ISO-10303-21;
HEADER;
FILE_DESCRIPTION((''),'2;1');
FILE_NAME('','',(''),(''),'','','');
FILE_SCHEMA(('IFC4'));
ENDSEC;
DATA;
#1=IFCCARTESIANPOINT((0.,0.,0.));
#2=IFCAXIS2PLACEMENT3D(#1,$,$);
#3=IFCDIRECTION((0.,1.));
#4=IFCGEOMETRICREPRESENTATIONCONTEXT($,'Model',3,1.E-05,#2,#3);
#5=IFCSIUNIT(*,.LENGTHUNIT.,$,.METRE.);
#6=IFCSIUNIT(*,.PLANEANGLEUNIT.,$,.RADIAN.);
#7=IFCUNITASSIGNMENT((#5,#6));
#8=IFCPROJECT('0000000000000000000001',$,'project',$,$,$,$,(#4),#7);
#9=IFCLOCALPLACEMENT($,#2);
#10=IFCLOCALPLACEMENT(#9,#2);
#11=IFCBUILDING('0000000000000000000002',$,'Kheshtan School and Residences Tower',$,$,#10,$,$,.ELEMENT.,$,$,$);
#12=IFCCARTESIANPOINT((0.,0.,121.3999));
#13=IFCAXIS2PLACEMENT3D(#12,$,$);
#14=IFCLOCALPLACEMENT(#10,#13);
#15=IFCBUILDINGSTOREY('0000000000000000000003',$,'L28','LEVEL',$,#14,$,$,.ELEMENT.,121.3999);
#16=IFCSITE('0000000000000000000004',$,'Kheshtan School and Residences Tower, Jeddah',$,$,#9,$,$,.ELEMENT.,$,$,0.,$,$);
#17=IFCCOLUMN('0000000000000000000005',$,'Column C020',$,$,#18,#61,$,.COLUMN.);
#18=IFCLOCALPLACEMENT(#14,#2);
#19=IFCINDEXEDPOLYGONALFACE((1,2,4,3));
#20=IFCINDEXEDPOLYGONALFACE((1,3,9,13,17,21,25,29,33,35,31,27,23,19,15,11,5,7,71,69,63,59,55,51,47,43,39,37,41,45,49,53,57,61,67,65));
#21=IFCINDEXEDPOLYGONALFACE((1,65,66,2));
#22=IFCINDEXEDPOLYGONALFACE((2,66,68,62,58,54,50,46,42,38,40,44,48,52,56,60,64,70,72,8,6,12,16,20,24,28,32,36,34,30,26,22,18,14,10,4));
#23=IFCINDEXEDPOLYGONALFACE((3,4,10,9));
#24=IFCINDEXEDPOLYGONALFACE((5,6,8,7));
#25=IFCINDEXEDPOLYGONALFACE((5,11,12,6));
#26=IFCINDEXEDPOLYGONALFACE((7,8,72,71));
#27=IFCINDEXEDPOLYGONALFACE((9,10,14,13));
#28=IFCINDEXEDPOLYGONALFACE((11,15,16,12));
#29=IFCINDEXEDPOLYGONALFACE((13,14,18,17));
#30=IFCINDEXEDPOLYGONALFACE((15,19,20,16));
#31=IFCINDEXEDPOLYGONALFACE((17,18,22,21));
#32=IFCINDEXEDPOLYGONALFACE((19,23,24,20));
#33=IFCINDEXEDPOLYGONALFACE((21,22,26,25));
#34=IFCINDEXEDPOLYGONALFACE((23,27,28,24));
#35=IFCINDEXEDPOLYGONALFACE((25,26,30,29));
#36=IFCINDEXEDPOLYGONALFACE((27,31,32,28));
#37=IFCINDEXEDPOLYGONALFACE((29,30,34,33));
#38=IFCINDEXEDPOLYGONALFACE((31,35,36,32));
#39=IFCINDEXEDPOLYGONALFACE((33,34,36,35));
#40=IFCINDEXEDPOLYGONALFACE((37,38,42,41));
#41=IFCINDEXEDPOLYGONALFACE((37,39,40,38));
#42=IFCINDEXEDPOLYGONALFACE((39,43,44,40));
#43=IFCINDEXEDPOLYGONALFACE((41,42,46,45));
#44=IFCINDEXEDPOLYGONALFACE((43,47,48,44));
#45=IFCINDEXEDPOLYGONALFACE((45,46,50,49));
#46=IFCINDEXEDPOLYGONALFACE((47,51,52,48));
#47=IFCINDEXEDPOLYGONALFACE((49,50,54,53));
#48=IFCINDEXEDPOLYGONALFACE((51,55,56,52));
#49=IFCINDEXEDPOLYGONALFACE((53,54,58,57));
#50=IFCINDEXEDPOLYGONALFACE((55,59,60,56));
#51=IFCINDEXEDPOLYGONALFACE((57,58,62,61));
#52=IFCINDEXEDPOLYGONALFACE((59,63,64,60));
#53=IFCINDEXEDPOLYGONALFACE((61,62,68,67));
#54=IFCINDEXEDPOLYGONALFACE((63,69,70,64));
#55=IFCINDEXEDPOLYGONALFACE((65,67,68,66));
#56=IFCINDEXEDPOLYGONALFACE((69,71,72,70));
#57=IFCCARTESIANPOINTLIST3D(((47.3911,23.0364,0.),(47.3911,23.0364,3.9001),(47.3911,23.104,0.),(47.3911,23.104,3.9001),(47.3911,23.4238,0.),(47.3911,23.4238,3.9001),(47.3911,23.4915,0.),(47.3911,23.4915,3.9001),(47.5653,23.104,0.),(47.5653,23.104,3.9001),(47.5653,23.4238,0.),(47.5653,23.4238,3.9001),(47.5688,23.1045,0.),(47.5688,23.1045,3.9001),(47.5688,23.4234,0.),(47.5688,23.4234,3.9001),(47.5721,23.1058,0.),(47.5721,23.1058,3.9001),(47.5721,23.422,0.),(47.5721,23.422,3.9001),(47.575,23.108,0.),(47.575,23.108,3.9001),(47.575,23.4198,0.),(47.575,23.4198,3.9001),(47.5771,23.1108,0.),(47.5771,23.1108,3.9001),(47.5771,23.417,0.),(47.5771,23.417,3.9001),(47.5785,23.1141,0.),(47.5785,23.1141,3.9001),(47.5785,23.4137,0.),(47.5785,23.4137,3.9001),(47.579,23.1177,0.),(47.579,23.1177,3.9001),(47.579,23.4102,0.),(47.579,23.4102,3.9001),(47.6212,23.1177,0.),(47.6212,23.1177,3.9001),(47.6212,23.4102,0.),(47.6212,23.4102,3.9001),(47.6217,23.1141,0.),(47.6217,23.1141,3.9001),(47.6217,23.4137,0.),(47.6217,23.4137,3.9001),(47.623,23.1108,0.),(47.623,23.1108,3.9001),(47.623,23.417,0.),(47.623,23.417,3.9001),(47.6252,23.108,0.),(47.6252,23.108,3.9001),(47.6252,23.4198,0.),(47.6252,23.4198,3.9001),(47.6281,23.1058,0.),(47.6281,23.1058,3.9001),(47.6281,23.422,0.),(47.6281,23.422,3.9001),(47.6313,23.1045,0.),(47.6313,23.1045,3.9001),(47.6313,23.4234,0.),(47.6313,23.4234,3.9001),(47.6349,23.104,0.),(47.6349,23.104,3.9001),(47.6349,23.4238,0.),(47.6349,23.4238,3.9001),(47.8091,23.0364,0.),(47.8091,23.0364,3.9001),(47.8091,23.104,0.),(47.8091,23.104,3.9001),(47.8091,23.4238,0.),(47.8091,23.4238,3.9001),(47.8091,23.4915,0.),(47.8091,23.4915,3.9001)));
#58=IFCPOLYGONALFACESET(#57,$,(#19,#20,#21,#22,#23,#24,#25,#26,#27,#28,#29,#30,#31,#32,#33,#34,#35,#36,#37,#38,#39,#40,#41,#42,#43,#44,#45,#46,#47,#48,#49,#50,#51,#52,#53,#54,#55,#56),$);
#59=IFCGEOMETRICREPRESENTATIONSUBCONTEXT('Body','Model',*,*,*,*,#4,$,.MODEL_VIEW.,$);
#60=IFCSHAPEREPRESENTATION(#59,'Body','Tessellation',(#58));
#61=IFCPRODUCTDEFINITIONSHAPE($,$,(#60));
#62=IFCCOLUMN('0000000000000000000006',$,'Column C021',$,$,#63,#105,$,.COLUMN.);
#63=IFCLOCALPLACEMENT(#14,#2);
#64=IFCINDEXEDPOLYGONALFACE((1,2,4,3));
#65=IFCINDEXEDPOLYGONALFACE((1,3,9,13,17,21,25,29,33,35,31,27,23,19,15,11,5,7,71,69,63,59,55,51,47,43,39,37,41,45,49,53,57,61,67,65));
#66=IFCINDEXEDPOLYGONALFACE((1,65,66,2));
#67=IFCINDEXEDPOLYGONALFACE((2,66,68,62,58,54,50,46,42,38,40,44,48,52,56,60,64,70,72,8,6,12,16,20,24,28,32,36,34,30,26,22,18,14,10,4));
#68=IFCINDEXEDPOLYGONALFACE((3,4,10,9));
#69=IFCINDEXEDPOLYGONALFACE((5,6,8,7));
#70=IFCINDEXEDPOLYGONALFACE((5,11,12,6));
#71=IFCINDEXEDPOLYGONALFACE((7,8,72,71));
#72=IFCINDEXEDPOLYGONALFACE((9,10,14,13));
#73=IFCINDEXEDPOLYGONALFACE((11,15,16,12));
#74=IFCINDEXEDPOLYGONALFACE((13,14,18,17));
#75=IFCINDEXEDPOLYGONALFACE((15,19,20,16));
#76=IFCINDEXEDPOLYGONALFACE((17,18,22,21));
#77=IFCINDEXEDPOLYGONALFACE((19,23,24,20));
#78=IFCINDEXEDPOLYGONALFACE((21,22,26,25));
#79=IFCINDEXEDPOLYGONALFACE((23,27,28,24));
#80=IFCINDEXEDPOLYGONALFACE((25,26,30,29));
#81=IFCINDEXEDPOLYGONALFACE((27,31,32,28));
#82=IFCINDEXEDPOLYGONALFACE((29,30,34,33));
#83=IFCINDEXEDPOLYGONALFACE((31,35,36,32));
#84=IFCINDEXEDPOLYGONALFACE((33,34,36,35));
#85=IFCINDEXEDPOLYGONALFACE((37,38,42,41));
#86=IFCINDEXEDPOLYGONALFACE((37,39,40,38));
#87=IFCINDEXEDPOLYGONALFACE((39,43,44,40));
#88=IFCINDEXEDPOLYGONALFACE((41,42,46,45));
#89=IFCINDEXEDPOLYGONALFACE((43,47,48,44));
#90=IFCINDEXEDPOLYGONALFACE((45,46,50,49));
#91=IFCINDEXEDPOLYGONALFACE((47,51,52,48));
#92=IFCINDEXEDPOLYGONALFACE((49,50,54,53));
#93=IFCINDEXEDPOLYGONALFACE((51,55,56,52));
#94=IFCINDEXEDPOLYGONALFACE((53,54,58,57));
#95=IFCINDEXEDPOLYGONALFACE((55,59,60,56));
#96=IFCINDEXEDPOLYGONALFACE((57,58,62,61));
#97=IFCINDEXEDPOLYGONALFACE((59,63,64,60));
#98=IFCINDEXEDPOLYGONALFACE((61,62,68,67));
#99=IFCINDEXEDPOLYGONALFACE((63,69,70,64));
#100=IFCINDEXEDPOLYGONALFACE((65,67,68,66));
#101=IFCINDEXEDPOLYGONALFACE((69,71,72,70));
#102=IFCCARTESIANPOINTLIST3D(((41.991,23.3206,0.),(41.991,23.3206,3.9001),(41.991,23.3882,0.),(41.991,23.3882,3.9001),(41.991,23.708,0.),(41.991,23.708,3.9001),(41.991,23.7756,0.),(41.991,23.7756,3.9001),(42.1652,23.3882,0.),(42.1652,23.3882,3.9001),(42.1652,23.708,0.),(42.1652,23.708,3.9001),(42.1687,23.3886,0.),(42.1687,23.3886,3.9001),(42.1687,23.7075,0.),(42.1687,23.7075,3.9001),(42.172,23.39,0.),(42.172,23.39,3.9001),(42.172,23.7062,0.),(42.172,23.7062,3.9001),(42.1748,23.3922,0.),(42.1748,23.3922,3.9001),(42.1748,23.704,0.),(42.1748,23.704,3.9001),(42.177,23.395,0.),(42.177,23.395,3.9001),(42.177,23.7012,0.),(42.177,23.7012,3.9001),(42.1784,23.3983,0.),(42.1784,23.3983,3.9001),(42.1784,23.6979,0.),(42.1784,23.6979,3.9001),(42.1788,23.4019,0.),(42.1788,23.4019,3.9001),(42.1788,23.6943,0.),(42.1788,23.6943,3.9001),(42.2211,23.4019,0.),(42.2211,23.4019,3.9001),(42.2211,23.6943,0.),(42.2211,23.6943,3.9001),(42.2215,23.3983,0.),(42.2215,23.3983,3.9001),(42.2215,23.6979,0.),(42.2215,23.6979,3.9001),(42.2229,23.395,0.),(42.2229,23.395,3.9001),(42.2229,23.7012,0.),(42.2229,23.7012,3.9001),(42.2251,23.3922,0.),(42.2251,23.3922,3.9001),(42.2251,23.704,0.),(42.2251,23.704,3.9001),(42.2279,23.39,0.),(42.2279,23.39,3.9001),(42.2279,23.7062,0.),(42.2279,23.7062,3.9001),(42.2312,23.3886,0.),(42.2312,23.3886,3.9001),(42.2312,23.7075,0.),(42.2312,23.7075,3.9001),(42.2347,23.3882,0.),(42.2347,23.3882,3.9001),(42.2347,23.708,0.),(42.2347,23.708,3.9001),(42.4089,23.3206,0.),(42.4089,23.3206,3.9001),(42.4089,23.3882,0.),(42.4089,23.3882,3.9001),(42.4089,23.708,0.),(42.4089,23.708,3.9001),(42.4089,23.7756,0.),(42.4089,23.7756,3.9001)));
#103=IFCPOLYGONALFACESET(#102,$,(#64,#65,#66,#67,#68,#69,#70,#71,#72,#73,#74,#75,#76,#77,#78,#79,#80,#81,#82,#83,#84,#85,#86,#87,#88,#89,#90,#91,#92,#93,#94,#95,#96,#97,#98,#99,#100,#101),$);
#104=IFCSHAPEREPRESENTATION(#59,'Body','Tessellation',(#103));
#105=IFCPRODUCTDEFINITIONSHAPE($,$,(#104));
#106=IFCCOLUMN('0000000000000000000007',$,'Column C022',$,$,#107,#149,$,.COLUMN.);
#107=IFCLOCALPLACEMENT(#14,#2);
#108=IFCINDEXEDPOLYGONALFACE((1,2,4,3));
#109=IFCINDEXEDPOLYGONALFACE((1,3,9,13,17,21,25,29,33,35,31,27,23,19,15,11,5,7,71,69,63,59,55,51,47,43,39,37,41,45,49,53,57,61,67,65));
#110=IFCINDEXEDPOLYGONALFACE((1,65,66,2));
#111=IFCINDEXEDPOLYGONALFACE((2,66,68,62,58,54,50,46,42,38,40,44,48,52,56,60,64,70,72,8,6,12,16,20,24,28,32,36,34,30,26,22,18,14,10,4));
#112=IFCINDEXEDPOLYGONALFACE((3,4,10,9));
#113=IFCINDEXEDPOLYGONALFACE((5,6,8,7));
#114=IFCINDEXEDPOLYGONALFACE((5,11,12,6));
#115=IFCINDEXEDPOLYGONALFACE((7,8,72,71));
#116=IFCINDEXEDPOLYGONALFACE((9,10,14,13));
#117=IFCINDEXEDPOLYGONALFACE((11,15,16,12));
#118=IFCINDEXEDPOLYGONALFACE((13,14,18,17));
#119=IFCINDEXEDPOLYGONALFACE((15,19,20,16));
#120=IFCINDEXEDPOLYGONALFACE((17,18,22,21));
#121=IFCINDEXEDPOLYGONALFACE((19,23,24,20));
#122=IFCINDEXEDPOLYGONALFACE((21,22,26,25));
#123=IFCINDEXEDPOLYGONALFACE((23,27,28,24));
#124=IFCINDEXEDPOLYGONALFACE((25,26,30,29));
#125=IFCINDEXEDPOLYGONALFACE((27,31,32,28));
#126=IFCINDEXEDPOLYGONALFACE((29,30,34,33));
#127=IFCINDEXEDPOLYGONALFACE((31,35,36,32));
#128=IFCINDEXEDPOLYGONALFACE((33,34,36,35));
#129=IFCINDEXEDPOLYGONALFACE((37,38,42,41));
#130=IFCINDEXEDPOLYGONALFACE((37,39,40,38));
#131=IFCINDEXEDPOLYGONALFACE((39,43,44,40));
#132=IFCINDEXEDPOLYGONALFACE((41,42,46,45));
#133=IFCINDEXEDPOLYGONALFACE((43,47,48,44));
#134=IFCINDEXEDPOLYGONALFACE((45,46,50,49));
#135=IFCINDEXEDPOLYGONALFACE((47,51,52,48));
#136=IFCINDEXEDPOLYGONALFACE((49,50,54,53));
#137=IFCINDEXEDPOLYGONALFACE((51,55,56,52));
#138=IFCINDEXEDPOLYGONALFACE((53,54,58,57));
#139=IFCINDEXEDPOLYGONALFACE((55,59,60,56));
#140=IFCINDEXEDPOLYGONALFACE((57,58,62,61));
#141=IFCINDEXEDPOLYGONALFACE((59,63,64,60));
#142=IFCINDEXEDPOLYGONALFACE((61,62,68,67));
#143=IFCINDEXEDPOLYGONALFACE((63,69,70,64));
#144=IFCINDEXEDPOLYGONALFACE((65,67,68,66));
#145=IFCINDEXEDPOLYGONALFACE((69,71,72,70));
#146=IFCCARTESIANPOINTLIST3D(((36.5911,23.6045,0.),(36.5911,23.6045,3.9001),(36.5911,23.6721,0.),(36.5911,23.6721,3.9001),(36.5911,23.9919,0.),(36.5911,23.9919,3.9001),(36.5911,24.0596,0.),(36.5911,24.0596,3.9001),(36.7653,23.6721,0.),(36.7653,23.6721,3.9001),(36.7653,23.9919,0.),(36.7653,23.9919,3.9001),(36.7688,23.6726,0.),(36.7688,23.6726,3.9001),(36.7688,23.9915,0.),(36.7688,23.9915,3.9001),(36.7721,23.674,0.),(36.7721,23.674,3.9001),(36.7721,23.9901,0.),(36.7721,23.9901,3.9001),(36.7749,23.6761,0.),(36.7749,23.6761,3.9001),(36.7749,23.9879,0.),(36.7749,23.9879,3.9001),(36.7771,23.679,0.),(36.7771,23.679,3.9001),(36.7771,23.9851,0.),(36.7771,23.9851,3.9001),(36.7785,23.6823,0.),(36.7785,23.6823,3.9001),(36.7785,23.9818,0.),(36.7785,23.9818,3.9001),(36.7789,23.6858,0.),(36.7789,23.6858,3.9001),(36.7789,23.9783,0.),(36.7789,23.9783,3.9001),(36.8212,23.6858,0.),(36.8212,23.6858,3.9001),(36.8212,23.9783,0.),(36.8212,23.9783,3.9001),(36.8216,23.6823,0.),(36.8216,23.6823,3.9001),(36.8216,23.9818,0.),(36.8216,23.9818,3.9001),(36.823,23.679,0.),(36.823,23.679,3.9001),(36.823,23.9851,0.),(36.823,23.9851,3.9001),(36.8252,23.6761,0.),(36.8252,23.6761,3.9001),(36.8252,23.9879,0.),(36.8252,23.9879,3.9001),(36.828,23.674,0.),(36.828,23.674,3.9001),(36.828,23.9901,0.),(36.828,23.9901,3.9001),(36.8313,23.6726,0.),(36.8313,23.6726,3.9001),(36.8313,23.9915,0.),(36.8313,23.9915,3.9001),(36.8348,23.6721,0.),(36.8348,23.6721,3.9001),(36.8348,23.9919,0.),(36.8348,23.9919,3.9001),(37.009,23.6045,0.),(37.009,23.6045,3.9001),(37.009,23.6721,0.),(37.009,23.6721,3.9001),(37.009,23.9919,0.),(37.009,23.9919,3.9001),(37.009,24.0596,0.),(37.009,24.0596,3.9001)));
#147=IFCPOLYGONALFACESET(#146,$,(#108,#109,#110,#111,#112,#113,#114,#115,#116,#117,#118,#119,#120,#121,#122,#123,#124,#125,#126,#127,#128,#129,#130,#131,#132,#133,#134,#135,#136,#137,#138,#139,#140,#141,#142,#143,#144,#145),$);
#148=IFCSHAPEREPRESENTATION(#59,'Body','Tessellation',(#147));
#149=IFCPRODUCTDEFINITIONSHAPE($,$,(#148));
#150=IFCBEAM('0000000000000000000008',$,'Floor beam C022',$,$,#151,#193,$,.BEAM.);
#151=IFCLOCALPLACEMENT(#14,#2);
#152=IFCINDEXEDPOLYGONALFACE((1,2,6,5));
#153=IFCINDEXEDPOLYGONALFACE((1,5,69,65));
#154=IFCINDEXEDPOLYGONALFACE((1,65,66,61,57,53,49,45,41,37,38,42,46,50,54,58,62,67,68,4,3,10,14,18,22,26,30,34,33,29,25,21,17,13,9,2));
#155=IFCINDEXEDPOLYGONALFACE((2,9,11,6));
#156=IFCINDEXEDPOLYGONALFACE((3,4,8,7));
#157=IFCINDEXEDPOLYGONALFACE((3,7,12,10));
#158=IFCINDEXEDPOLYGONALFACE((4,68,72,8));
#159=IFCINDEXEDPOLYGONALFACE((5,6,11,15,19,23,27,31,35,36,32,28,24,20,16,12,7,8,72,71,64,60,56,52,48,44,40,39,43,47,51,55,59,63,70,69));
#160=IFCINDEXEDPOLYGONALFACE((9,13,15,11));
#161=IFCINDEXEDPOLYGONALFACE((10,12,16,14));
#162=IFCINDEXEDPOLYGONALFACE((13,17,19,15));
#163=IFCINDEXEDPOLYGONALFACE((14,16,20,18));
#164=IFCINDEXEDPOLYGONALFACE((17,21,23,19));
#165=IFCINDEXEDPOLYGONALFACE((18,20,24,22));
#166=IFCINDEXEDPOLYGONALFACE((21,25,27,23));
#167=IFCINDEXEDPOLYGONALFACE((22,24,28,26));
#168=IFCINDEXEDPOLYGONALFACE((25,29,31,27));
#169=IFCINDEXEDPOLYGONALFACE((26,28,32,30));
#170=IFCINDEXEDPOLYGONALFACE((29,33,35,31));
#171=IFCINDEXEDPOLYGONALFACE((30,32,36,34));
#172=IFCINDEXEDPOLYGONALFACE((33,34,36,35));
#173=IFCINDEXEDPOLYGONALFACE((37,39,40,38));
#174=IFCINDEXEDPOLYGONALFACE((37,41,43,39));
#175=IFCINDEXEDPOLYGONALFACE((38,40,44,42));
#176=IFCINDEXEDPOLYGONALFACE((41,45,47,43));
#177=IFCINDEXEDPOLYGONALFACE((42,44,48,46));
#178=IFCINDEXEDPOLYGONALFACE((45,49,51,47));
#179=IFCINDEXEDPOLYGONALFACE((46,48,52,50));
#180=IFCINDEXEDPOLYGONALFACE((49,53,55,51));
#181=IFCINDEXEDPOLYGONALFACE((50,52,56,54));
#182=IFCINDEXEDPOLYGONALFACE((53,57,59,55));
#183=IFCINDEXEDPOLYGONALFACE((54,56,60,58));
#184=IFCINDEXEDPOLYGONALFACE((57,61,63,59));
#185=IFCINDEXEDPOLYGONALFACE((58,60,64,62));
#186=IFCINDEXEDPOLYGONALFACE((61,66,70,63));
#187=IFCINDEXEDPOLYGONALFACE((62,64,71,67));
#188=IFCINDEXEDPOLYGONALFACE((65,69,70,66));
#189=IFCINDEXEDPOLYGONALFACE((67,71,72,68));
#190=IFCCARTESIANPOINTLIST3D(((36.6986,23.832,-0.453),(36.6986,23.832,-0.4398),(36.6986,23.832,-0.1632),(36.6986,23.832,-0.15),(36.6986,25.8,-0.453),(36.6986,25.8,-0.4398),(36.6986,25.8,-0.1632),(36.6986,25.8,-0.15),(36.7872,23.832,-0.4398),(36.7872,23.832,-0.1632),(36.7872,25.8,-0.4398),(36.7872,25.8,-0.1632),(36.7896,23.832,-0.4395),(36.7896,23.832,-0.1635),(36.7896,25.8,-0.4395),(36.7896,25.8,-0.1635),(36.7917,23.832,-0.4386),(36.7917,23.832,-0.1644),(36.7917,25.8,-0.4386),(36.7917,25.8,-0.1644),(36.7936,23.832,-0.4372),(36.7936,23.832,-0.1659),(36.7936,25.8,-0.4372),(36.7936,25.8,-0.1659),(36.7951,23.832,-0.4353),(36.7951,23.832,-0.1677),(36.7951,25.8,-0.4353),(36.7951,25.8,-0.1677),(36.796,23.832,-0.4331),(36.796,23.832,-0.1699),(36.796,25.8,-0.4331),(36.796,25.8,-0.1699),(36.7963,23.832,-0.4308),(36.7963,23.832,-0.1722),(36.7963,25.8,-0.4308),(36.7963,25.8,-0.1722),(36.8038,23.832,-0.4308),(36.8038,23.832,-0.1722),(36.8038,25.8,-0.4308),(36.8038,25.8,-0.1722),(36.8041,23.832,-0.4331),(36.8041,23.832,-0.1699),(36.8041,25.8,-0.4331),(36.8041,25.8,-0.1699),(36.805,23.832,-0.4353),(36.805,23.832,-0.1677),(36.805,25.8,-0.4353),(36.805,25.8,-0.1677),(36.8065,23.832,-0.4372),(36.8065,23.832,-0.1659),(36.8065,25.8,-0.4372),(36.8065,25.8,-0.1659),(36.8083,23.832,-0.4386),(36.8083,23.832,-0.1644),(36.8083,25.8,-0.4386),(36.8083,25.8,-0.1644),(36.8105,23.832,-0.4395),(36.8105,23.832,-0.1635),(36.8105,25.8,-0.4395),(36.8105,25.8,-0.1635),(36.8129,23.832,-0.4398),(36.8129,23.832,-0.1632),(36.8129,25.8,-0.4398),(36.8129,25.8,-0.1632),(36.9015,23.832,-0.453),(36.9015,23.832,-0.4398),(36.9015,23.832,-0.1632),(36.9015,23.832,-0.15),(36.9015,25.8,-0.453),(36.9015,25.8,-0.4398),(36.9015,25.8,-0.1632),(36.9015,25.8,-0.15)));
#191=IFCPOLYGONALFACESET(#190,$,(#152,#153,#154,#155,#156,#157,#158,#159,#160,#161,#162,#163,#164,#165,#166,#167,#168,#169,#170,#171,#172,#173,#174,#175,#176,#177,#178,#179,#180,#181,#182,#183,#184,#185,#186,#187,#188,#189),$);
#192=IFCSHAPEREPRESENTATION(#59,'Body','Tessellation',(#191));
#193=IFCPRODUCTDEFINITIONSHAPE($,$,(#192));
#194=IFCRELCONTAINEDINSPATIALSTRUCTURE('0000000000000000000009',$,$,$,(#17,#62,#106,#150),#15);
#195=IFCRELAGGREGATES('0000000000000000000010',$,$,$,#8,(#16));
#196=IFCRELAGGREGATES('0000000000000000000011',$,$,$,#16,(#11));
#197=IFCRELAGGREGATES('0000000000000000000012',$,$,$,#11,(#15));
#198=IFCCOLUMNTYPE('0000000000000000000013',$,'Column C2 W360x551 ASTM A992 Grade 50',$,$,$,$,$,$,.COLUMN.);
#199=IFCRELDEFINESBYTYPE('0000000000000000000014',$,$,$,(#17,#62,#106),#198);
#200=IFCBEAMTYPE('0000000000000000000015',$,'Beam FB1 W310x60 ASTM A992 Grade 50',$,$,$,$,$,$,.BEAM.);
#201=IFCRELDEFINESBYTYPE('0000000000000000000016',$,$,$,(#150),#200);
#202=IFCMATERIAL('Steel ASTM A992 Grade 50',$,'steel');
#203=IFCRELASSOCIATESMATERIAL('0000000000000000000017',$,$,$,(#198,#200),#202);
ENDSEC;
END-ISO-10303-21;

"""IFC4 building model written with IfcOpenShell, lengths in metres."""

from ifc_helpers import new_model, si_unit, direction, frame, origin, origin_2d, place, context, subcontext, project, spatial, i_section, extrude, material, material_profile, profile_set, type_object, element, save


model = new_model("IFC4")

# Units and contexts
model_context = context("Model", 3, precision=1e-05, world=origin(), true_north=direction((0.0, 1.0)))
body_context = subcontext(model_context, "Body", "Model", "MODEL_VIEW")
ifc_project = project(units=[si_unit("LENGTHUNIT", "METRE"), si_unit("PLANEANGLEUNIT", "RADIAN")], contexts=[model_context])

# Site, building, storey
site_placement = place(None, origin())
site = spatial("IfcSite", under=ifc_project, at=site_placement, Name="Kheshtan School and Residences Tower, Jeddah", CompositionType="ELEMENT", RefElevation=0.0)
building_placement = place(site_placement, origin())
building = spatial("IfcBuilding", under=site, at=building_placement, Name="Kheshtan School and Residences Tower", CompositionType="ELEMENT")
storey_placement = place(building_placement, frame((0.0, 0.0, 121.3999)))
storey = spatial("IfcBuildingStorey", under=building, at=storey_placement, Name="L28", Description="LEVEL", CompositionType="ELEMENT", Elevation=121.3999)

# Columns
ifc_material_1 = material(Name="Steel ASTM A992 Grade 50", Category="steel")
ifc_material_profile_1 = material_profile(ifc_material_1, i_section(OverallWidth=0.418, OverallDepth=0.4551, WebThickness=0.0422, FlangeThickness=0.0676, FilletRadius=0.0137, at=origin_2d()), Name="W360x551")
ifc_profile_set_1 = profile_set([ifc_material_profile_1], Name="Steel ASTM A992 Grade 50")
column_type = type_object("IfcColumnType", Name="Column C2 W360x551 ASTM A992 Grade 50", PredefinedType="COLUMN", material=ifc_profile_set_1)
for number, where, z_axis, x_axis, name in (
    (1, (47.6001, 23.2639, 0.0), (0.0, 0.0, 1.0), (1.0, 0.0, 0.0), "Column C020"),
    (2, (42.2, 23.5481, 0.0), (0.0, 0.0, 1.0), (1.0, 0.0, 0.0), "Column C021"),
    (3, (36.8, 23.832, 0.0), (0.0, 0.0, 1.0), (1.0, 0.0, 0.0), "Column C022"),
):
    element("IfcColumn", number, at=place(storey_placement, frame(where, z_axis=z_axis, x_axis=x_axis)), inside=storey, type_object=column_type, Name=name, PredefinedType="COLUMN", context=body_context, shape_type="SweptSolid", body=[
        extrude(i_section(OverallWidth=0.418, OverallDepth=0.4551, WebThickness=0.0422, FlangeThickness=0.0676, FilletRadius=0.0137, at=origin_2d()), origin(), (0.0, 0.0, 1.0), 3.9001),
    ])

# Beam
ifc_material_profile_2 = material_profile(ifc_material_1, i_section(OverallWidth=0.2029, OverallDepth=0.303, WebThickness=0.0076, FlangeThickness=0.0132, FilletRadius=0.009, at=origin_2d()), Name="W310x60")
ifc_profile_set_2 = profile_set([ifc_material_profile_2], Name="Steel ASTM A992 Grade 50")
beam_type_1 = type_object("IfcBeamType", Name="Beam FB1 W310x60 ASTM A992 Grade 50", PredefinedType="BEAM", material=ifc_profile_set_2)
beam_1_placement = place(storey_placement, frame((36.8, 23.832, -0.3015), z_axis=(0.0, 1.0, 0.0), x_axis=(-1.0, 0.0, 0.0)))
element("IfcBeam", 4, at=beam_1_placement, inside=storey, type_object=beam_type_1, Name="Floor beam C022", PredefinedType="BEAM", context=body_context, shape_type="SweptSolid", body=[
    extrude(i_section(OverallWidth=0.2029, OverallDepth=0.303, WebThickness=0.0076, FlangeThickness=0.0132, FilletRadius=0.009, at=origin_2d()), origin(), (0.0, 0.0, 1.0), 1.968),
])

save(model, "model.ifc")
